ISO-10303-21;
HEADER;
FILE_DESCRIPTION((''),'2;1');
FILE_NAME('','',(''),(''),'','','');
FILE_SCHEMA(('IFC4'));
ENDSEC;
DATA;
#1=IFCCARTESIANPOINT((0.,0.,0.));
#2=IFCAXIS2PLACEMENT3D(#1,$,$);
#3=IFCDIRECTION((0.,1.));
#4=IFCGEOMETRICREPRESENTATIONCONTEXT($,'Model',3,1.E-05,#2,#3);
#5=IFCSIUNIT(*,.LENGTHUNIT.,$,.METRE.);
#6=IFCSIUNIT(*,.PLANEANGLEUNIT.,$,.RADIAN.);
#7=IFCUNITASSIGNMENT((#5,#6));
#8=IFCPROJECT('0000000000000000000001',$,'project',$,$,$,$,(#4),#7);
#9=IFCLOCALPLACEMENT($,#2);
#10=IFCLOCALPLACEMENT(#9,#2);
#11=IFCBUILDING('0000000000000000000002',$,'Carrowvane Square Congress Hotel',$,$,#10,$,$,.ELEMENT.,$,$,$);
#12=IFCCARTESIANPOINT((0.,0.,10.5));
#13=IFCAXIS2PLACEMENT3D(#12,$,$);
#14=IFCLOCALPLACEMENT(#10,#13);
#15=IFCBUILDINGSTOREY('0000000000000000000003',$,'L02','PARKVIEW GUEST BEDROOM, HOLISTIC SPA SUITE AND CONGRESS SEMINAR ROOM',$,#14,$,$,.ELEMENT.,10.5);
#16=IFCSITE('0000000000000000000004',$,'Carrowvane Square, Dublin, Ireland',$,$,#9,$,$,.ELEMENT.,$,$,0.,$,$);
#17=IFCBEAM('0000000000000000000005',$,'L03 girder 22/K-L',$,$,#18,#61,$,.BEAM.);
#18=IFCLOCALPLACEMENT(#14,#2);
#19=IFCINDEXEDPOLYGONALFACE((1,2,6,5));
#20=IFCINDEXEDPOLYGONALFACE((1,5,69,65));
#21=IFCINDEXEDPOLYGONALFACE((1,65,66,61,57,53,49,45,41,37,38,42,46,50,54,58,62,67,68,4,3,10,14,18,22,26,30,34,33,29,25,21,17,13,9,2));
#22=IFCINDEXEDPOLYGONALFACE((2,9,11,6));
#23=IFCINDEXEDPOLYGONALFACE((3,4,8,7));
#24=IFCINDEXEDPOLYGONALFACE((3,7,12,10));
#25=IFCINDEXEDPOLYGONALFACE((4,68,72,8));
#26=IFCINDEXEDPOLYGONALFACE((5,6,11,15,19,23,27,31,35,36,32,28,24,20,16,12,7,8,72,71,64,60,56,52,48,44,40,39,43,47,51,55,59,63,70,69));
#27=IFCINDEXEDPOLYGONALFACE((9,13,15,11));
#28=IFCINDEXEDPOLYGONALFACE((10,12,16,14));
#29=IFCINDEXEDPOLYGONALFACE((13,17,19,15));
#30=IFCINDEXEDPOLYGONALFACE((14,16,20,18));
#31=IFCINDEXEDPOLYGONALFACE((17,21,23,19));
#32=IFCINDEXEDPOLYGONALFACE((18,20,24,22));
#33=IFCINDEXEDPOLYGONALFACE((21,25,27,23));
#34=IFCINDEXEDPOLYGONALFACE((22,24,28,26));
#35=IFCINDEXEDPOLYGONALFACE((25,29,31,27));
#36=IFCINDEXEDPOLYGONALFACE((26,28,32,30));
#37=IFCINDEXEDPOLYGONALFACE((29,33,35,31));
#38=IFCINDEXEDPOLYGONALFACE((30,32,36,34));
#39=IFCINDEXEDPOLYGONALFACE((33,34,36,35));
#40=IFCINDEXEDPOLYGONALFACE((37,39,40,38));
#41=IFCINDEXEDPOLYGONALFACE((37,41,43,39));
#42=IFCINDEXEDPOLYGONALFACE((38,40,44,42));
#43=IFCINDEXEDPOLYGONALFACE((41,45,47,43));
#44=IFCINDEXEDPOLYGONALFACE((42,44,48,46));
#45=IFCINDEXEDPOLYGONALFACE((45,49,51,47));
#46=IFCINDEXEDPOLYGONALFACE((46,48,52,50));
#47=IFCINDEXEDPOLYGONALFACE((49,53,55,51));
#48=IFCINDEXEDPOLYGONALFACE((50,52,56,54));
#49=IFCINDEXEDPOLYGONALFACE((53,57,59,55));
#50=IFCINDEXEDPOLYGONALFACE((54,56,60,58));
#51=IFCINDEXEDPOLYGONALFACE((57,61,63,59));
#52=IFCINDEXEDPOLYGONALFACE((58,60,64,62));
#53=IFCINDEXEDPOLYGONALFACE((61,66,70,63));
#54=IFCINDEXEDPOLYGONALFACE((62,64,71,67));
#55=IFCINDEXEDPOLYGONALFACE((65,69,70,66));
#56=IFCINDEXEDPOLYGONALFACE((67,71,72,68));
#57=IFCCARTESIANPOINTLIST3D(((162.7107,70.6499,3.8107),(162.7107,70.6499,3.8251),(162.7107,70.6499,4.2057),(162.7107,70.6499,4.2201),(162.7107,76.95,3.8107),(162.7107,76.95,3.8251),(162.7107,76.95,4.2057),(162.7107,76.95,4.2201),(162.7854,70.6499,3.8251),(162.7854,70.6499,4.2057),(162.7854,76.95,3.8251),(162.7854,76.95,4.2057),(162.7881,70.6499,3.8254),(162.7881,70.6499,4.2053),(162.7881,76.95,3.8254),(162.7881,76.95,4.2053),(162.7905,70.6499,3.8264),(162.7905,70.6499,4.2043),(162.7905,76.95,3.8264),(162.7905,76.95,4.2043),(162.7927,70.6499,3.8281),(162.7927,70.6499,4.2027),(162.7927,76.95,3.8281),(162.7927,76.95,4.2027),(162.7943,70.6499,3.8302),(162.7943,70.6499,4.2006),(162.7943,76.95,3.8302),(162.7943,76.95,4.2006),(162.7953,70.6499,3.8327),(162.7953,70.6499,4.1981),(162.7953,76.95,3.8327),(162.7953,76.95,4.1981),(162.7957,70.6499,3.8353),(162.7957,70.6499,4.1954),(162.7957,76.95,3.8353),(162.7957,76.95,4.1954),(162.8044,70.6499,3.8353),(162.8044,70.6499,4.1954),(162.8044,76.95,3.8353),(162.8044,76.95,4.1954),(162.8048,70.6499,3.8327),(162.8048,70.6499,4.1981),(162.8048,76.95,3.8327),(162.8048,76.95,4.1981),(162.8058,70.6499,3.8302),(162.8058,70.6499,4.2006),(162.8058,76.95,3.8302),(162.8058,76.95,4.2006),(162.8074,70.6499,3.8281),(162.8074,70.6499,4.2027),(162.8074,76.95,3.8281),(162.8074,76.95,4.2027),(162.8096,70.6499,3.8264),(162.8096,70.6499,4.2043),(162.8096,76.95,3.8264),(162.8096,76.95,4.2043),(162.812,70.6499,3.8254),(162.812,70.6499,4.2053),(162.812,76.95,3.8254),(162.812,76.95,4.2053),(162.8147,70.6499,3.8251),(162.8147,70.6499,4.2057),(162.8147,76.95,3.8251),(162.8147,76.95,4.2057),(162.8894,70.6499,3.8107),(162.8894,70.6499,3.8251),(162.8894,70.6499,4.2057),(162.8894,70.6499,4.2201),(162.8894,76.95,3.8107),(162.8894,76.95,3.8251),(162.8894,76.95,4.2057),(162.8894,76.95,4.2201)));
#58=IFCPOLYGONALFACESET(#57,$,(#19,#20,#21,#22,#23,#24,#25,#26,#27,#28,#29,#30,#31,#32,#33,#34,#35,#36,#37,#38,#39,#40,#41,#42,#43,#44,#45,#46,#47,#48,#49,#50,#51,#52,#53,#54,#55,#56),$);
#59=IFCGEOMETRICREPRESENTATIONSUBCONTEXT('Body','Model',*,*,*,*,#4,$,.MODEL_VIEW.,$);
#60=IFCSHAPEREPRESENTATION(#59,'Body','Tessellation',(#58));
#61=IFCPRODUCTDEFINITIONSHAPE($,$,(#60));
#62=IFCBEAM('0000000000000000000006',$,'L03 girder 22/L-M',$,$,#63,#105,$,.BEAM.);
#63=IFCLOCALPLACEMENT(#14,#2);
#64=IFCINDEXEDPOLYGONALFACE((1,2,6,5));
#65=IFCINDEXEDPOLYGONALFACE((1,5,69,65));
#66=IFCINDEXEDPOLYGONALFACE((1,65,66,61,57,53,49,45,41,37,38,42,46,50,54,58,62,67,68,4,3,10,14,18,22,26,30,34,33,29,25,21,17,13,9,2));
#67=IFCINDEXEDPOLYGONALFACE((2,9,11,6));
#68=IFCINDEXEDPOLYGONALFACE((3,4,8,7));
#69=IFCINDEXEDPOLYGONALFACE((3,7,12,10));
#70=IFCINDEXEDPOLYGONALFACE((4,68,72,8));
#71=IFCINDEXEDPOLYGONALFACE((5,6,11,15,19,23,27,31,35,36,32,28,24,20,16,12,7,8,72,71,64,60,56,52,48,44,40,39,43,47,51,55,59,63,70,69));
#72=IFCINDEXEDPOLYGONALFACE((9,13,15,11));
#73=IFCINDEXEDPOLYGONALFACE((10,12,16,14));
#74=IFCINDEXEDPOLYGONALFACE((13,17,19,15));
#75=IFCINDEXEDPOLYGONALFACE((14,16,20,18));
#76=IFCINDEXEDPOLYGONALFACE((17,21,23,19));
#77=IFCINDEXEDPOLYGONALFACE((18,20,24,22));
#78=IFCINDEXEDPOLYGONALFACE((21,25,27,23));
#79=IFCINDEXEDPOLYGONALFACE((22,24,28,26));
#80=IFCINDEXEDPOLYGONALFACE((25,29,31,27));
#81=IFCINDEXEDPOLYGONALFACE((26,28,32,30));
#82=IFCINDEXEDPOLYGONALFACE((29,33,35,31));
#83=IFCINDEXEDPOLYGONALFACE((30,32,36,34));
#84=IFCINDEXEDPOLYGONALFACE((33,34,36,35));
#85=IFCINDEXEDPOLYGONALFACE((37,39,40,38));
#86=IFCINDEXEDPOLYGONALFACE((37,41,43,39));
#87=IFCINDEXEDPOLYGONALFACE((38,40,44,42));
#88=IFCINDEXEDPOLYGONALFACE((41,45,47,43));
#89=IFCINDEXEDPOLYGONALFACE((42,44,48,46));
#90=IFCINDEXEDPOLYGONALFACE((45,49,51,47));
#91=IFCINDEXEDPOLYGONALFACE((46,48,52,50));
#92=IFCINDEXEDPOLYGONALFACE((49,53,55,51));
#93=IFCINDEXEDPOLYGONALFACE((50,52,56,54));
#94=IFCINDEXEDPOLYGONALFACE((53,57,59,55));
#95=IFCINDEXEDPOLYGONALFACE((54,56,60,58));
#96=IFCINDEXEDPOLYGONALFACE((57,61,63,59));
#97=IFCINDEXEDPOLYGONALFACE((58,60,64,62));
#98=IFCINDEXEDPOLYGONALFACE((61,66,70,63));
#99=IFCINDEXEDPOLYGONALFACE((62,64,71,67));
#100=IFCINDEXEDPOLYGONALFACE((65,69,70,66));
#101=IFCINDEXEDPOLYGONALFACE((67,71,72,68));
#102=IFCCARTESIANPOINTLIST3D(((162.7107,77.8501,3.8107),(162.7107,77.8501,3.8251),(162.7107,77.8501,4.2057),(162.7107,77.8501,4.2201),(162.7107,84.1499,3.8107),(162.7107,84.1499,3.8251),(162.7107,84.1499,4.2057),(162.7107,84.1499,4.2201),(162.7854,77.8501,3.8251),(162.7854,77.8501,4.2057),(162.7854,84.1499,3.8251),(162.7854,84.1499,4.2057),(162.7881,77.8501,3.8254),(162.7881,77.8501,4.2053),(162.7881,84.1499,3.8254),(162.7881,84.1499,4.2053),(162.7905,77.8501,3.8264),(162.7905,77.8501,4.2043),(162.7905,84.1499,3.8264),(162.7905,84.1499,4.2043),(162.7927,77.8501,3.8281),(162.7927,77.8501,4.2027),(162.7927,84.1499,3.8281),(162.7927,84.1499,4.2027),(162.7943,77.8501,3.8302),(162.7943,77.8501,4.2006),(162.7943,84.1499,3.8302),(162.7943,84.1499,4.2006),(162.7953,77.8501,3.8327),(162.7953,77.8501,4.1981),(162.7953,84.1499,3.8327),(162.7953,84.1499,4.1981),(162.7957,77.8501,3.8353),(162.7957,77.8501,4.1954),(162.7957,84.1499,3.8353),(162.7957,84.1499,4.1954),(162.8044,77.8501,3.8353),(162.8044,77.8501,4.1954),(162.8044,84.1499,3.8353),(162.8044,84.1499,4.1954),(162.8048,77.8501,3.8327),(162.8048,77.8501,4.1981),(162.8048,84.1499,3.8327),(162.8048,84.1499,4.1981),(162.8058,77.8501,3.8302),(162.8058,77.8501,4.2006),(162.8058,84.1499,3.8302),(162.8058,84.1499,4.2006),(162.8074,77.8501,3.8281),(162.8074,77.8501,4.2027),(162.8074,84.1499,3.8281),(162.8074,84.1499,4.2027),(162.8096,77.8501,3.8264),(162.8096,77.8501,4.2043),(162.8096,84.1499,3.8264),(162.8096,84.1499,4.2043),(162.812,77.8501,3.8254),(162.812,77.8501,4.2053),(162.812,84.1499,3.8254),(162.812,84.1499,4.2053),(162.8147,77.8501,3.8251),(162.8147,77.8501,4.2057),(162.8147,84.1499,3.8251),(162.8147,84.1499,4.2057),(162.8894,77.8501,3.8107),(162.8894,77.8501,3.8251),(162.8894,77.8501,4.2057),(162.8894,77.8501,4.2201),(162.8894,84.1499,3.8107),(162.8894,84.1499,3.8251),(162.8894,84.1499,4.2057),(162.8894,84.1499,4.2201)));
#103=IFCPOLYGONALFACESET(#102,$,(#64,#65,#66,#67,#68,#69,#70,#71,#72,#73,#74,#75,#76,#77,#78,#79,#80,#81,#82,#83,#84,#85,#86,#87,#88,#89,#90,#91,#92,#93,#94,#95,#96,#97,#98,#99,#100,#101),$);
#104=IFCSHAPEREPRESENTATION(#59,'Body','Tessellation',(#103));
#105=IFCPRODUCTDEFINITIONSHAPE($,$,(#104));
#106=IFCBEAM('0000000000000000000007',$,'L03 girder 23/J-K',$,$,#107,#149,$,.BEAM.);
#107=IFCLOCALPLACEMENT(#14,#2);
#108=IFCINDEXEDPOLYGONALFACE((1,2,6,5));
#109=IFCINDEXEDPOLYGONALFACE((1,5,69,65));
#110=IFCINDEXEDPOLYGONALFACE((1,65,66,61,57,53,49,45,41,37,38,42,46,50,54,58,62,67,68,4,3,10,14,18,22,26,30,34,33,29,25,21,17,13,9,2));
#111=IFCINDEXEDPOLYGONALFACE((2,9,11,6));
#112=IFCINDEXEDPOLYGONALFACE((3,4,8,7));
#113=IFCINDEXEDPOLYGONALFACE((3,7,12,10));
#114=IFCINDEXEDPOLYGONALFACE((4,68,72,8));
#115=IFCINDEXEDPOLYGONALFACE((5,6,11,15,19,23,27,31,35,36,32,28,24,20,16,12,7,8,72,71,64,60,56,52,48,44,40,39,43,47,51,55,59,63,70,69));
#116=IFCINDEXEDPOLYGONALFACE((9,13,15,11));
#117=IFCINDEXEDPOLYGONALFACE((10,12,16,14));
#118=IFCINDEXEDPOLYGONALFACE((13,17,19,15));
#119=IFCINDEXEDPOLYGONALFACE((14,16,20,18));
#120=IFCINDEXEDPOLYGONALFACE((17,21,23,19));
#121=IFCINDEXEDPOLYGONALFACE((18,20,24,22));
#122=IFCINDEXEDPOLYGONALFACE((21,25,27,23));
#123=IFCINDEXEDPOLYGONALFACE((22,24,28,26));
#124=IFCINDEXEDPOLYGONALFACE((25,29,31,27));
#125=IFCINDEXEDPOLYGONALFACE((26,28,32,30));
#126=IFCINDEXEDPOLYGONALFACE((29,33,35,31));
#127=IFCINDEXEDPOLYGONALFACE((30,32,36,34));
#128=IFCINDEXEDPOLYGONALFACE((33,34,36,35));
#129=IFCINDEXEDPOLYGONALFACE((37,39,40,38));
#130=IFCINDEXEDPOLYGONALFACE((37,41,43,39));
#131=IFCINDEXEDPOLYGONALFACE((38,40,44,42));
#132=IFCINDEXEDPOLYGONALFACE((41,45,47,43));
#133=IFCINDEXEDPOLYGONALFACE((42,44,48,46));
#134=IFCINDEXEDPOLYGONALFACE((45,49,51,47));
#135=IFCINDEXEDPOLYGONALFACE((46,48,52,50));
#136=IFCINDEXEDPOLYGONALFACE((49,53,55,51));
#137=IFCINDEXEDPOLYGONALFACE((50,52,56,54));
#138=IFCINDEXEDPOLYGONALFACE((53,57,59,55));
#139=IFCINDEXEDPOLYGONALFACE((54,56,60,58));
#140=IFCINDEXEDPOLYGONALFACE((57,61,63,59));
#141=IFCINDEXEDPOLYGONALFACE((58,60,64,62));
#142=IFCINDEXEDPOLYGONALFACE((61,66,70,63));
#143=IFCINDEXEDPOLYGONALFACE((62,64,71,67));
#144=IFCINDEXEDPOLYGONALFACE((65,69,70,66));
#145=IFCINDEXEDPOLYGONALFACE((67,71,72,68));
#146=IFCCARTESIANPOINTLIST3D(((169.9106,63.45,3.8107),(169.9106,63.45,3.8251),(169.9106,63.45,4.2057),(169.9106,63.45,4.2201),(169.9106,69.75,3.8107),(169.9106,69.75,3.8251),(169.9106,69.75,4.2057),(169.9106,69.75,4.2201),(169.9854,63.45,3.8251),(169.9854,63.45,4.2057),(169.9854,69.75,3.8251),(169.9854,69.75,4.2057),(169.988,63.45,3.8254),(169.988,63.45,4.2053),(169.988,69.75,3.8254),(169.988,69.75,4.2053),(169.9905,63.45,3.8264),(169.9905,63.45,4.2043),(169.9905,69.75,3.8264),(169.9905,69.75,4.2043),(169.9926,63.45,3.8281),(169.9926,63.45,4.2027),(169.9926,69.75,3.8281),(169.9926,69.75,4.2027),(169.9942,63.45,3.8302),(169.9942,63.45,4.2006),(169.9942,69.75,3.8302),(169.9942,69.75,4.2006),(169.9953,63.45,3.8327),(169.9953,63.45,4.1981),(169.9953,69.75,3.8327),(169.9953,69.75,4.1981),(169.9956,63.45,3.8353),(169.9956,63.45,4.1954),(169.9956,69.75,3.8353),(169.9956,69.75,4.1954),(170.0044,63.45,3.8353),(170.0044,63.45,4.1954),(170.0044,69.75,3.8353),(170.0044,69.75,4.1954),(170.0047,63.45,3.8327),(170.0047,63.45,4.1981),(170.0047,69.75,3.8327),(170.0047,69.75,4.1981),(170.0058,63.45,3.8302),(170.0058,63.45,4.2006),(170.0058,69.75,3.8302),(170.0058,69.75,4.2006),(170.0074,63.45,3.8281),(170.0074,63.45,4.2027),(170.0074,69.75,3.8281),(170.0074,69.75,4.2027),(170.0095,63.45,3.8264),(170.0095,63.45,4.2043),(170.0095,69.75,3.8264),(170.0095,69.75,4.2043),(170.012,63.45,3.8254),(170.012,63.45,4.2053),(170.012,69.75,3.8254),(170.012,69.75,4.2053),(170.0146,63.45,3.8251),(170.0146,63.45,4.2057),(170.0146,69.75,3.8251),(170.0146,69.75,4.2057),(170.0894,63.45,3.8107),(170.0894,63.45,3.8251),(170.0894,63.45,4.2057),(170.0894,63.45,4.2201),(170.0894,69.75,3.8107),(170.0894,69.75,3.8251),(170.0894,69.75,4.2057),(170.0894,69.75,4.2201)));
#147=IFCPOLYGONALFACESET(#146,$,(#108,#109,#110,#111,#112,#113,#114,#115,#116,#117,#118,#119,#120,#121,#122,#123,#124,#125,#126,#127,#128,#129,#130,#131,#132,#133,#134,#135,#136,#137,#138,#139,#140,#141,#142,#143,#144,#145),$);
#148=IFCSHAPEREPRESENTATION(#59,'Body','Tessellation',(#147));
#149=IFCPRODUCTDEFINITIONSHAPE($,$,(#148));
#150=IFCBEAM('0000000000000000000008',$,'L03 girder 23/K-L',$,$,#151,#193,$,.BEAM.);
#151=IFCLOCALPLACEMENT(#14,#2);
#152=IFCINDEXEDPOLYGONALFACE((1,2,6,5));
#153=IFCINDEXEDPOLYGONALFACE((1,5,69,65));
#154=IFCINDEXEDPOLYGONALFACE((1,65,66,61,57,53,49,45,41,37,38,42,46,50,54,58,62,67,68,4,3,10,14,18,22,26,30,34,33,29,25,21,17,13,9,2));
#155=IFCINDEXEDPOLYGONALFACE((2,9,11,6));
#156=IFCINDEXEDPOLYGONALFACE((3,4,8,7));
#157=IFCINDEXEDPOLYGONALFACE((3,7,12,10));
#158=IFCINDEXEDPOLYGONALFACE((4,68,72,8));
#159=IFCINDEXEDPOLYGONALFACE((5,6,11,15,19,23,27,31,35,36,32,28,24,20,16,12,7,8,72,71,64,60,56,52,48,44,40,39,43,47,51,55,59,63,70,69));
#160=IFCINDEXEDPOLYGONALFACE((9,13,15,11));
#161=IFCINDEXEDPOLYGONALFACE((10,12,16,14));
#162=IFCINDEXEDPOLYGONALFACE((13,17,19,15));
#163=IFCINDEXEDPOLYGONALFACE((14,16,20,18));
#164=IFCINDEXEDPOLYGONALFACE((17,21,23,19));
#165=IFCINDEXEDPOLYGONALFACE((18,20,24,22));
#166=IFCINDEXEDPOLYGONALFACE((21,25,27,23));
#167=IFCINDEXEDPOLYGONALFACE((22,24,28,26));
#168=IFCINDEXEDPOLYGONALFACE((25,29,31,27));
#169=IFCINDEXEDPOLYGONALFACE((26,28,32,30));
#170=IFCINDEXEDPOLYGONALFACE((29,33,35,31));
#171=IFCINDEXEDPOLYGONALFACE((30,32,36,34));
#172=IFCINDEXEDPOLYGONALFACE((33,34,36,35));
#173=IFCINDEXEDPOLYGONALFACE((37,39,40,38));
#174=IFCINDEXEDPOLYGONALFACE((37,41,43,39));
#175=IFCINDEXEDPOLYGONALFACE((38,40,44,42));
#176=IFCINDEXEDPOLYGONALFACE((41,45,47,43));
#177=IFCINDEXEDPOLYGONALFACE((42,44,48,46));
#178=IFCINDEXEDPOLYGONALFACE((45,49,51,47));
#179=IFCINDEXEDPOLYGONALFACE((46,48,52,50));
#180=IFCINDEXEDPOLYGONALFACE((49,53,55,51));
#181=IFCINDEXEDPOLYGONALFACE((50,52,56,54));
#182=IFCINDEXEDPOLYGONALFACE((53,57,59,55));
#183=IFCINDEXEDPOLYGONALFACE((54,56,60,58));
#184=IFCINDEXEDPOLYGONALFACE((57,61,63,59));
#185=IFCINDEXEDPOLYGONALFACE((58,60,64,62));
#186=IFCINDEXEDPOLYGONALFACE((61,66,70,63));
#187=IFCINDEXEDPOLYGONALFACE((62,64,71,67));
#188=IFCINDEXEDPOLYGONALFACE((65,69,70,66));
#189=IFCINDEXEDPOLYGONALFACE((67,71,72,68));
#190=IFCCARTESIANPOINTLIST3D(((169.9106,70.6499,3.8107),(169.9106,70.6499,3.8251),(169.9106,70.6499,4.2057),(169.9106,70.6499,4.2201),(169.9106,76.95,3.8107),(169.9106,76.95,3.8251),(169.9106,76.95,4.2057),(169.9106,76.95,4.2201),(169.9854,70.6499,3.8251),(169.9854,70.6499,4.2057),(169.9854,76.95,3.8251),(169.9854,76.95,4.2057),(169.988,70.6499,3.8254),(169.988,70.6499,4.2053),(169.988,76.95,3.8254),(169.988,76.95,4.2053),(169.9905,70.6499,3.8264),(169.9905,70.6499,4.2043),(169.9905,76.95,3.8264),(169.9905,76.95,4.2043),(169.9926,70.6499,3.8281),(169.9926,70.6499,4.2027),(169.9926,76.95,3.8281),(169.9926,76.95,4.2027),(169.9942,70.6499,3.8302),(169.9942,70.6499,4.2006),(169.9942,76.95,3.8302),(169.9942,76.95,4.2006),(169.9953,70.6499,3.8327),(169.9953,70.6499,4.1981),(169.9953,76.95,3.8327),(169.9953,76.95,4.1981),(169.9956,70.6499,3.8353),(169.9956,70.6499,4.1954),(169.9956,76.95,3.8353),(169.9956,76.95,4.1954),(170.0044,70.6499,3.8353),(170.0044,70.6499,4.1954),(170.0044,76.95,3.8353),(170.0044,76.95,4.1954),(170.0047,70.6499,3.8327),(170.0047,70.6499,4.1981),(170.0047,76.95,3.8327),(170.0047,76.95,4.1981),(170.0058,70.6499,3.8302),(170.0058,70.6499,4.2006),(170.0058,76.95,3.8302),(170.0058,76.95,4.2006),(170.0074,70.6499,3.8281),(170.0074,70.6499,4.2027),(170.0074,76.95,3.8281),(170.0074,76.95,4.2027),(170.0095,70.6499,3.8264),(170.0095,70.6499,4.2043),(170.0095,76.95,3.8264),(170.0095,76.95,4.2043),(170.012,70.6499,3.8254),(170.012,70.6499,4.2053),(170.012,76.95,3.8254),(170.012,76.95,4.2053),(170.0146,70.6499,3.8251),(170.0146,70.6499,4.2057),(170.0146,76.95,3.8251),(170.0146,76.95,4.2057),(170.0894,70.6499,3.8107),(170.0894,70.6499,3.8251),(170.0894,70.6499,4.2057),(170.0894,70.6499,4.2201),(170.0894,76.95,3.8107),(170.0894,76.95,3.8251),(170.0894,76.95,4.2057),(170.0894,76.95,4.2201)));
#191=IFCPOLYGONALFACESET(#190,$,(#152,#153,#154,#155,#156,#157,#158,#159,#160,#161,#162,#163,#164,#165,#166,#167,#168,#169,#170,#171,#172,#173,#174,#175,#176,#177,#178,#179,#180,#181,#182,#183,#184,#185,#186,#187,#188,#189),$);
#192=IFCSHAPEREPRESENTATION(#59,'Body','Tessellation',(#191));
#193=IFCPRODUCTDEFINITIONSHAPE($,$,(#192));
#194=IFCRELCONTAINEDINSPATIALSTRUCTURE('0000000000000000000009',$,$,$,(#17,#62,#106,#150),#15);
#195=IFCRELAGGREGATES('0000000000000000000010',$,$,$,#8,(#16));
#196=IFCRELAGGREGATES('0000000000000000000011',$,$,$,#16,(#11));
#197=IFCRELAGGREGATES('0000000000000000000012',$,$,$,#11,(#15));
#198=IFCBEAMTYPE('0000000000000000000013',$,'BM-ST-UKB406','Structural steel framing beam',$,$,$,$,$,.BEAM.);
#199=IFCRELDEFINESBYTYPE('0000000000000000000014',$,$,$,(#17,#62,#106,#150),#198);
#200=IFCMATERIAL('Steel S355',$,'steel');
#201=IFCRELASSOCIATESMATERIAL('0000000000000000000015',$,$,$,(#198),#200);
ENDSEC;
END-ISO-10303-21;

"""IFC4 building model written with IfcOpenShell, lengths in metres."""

from ifc_helpers import new_model, si_unit, direction, frame, origin, origin_2d, place, context, subcontext, project, spatial, i_section, extrude, material, material_profile, profile_set, type_object, element, save


model = new_model("IFC4")

# Units and contexts
model_context = context("Model", 3, precision=1e-05, world=origin(), true_north=direction((0.0, 1.0)))
body_context = subcontext(model_context, "Body", "Model", "MODEL_VIEW")
ifc_project = project(units=[si_unit("LENGTHUNIT", "METRE"), si_unit("PLANEANGLEUNIT", "RADIAN")], contexts=[model_context])

# Site, building, storey
site_placement = place(None, origin())
site = spatial("IfcSite", under=ifc_project, at=site_placement, Name="Carrowvane Square, Dublin, Ireland", CompositionType="ELEMENT", RefElevation=0.0)
building_placement = place(site_placement, origin())
building = spatial("IfcBuilding", under=site, at=building_placement, Name="Carrowvane Square Congress Hotel", CompositionType="ELEMENT")
storey_placement = place(building_placement, frame((0.0, 0.0, 10.5)))
storey = spatial("IfcBuildingStorey", under=building, at=storey_placement, Name="L02", Description="PARKVIEW GUEST BEDROOM, HOLISTIC SPA SUITE AND CONGRESS SEMINAR ROOM", CompositionType="ELEMENT", Elevation=10.5)

# Beams
ifc_material_1 = material(Name="Steel S355", Category="steel")
ifc_material_profile_1 = material_profile(ifc_material_1, i_section(OverallWidth=0.1787, OverallDepth=0.4094, WebThickness=0.0088, FlangeThickness=0.0144, FilletRadius=0.0103, at=origin_2d()), Name="UKB 406x178x67")
ifc_profile_set_1 = profile_set([ifc_material_profile_1], Name="Steel S355")
beam_type_1 = type_object("IfcBeamType", Name="BM-ST-UKB406", Description="Structural steel framing beam", PredefinedType="BEAM", material=ifc_profile_set_1)
beam_1_placement = place(storey_placement, frame((162.8, 70.6499, 4.0154), z_axis=(0.0, 1.0, 0.0), x_axis=(-1.0, 0.0, 0.0)))
element("IfcBeam", 1, at=beam_1_placement, inside=storey, type_object=beam_type_1, Name="L03 girder 22/K-L", PredefinedType="BEAM", context=body_context, shape_type="SweptSolid", body=[
    extrude(i_section(OverallWidth=0.1787, OverallDepth=0.4094, WebThickness=0.0088, FlangeThickness=0.0144, FilletRadius=0.0103, at=origin_2d()), origin(), (0.0, 0.0, 1.0), 6.3),
])
beam_2_placement = place(storey_placement, frame((162.8, 77.8501, 4.0154), z_axis=(0.0, 1.0, 0.0), x_axis=(-1.0, 0.0, 0.0)))
element("IfcBeam", 2, at=beam_2_placement, inside=storey, type_object=beam_type_1, Name="L03 girder 22/L-M", PredefinedType="BEAM", context=body_context, shape_type="SweptSolid", body=[
    extrude(i_section(OverallWidth=0.1787, OverallDepth=0.4094, WebThickness=0.0088, FlangeThickness=0.0144, FilletRadius=0.0103, at=origin_2d()), origin(), (0.0, 0.0, 1.0), 6.2998),
])
for number, where, z_axis, x_axis, name in (
    (3, (170.0, 63.45, 4.0154), (0.0, 1.0, 0.0), (-1.0, 0.0, 0.0), "L03 girder 23/J-K"),
    (4, (170.0, 70.6499, 4.0154), (0.0, 1.0, 0.0), (-1.0, 0.0, 0.0), "L03 girder 23/K-L"),
):
    element("IfcBeam", number, at=place(storey_placement, frame(where, z_axis=z_axis, x_axis=x_axis)), inside=storey, type_object=beam_type_1, Name=name, PredefinedType="BEAM", context=body_context, shape_type="SweptSolid", body=[
        extrude(i_section(OverallWidth=0.1787, OverallDepth=0.4094, WebThickness=0.0088, FlangeThickness=0.0144, FilletRadius=0.0103, at=origin_2d()), origin(), (0.0, 0.0, 1.0), 6.3),
    ])

save(model, "model.ifc")
